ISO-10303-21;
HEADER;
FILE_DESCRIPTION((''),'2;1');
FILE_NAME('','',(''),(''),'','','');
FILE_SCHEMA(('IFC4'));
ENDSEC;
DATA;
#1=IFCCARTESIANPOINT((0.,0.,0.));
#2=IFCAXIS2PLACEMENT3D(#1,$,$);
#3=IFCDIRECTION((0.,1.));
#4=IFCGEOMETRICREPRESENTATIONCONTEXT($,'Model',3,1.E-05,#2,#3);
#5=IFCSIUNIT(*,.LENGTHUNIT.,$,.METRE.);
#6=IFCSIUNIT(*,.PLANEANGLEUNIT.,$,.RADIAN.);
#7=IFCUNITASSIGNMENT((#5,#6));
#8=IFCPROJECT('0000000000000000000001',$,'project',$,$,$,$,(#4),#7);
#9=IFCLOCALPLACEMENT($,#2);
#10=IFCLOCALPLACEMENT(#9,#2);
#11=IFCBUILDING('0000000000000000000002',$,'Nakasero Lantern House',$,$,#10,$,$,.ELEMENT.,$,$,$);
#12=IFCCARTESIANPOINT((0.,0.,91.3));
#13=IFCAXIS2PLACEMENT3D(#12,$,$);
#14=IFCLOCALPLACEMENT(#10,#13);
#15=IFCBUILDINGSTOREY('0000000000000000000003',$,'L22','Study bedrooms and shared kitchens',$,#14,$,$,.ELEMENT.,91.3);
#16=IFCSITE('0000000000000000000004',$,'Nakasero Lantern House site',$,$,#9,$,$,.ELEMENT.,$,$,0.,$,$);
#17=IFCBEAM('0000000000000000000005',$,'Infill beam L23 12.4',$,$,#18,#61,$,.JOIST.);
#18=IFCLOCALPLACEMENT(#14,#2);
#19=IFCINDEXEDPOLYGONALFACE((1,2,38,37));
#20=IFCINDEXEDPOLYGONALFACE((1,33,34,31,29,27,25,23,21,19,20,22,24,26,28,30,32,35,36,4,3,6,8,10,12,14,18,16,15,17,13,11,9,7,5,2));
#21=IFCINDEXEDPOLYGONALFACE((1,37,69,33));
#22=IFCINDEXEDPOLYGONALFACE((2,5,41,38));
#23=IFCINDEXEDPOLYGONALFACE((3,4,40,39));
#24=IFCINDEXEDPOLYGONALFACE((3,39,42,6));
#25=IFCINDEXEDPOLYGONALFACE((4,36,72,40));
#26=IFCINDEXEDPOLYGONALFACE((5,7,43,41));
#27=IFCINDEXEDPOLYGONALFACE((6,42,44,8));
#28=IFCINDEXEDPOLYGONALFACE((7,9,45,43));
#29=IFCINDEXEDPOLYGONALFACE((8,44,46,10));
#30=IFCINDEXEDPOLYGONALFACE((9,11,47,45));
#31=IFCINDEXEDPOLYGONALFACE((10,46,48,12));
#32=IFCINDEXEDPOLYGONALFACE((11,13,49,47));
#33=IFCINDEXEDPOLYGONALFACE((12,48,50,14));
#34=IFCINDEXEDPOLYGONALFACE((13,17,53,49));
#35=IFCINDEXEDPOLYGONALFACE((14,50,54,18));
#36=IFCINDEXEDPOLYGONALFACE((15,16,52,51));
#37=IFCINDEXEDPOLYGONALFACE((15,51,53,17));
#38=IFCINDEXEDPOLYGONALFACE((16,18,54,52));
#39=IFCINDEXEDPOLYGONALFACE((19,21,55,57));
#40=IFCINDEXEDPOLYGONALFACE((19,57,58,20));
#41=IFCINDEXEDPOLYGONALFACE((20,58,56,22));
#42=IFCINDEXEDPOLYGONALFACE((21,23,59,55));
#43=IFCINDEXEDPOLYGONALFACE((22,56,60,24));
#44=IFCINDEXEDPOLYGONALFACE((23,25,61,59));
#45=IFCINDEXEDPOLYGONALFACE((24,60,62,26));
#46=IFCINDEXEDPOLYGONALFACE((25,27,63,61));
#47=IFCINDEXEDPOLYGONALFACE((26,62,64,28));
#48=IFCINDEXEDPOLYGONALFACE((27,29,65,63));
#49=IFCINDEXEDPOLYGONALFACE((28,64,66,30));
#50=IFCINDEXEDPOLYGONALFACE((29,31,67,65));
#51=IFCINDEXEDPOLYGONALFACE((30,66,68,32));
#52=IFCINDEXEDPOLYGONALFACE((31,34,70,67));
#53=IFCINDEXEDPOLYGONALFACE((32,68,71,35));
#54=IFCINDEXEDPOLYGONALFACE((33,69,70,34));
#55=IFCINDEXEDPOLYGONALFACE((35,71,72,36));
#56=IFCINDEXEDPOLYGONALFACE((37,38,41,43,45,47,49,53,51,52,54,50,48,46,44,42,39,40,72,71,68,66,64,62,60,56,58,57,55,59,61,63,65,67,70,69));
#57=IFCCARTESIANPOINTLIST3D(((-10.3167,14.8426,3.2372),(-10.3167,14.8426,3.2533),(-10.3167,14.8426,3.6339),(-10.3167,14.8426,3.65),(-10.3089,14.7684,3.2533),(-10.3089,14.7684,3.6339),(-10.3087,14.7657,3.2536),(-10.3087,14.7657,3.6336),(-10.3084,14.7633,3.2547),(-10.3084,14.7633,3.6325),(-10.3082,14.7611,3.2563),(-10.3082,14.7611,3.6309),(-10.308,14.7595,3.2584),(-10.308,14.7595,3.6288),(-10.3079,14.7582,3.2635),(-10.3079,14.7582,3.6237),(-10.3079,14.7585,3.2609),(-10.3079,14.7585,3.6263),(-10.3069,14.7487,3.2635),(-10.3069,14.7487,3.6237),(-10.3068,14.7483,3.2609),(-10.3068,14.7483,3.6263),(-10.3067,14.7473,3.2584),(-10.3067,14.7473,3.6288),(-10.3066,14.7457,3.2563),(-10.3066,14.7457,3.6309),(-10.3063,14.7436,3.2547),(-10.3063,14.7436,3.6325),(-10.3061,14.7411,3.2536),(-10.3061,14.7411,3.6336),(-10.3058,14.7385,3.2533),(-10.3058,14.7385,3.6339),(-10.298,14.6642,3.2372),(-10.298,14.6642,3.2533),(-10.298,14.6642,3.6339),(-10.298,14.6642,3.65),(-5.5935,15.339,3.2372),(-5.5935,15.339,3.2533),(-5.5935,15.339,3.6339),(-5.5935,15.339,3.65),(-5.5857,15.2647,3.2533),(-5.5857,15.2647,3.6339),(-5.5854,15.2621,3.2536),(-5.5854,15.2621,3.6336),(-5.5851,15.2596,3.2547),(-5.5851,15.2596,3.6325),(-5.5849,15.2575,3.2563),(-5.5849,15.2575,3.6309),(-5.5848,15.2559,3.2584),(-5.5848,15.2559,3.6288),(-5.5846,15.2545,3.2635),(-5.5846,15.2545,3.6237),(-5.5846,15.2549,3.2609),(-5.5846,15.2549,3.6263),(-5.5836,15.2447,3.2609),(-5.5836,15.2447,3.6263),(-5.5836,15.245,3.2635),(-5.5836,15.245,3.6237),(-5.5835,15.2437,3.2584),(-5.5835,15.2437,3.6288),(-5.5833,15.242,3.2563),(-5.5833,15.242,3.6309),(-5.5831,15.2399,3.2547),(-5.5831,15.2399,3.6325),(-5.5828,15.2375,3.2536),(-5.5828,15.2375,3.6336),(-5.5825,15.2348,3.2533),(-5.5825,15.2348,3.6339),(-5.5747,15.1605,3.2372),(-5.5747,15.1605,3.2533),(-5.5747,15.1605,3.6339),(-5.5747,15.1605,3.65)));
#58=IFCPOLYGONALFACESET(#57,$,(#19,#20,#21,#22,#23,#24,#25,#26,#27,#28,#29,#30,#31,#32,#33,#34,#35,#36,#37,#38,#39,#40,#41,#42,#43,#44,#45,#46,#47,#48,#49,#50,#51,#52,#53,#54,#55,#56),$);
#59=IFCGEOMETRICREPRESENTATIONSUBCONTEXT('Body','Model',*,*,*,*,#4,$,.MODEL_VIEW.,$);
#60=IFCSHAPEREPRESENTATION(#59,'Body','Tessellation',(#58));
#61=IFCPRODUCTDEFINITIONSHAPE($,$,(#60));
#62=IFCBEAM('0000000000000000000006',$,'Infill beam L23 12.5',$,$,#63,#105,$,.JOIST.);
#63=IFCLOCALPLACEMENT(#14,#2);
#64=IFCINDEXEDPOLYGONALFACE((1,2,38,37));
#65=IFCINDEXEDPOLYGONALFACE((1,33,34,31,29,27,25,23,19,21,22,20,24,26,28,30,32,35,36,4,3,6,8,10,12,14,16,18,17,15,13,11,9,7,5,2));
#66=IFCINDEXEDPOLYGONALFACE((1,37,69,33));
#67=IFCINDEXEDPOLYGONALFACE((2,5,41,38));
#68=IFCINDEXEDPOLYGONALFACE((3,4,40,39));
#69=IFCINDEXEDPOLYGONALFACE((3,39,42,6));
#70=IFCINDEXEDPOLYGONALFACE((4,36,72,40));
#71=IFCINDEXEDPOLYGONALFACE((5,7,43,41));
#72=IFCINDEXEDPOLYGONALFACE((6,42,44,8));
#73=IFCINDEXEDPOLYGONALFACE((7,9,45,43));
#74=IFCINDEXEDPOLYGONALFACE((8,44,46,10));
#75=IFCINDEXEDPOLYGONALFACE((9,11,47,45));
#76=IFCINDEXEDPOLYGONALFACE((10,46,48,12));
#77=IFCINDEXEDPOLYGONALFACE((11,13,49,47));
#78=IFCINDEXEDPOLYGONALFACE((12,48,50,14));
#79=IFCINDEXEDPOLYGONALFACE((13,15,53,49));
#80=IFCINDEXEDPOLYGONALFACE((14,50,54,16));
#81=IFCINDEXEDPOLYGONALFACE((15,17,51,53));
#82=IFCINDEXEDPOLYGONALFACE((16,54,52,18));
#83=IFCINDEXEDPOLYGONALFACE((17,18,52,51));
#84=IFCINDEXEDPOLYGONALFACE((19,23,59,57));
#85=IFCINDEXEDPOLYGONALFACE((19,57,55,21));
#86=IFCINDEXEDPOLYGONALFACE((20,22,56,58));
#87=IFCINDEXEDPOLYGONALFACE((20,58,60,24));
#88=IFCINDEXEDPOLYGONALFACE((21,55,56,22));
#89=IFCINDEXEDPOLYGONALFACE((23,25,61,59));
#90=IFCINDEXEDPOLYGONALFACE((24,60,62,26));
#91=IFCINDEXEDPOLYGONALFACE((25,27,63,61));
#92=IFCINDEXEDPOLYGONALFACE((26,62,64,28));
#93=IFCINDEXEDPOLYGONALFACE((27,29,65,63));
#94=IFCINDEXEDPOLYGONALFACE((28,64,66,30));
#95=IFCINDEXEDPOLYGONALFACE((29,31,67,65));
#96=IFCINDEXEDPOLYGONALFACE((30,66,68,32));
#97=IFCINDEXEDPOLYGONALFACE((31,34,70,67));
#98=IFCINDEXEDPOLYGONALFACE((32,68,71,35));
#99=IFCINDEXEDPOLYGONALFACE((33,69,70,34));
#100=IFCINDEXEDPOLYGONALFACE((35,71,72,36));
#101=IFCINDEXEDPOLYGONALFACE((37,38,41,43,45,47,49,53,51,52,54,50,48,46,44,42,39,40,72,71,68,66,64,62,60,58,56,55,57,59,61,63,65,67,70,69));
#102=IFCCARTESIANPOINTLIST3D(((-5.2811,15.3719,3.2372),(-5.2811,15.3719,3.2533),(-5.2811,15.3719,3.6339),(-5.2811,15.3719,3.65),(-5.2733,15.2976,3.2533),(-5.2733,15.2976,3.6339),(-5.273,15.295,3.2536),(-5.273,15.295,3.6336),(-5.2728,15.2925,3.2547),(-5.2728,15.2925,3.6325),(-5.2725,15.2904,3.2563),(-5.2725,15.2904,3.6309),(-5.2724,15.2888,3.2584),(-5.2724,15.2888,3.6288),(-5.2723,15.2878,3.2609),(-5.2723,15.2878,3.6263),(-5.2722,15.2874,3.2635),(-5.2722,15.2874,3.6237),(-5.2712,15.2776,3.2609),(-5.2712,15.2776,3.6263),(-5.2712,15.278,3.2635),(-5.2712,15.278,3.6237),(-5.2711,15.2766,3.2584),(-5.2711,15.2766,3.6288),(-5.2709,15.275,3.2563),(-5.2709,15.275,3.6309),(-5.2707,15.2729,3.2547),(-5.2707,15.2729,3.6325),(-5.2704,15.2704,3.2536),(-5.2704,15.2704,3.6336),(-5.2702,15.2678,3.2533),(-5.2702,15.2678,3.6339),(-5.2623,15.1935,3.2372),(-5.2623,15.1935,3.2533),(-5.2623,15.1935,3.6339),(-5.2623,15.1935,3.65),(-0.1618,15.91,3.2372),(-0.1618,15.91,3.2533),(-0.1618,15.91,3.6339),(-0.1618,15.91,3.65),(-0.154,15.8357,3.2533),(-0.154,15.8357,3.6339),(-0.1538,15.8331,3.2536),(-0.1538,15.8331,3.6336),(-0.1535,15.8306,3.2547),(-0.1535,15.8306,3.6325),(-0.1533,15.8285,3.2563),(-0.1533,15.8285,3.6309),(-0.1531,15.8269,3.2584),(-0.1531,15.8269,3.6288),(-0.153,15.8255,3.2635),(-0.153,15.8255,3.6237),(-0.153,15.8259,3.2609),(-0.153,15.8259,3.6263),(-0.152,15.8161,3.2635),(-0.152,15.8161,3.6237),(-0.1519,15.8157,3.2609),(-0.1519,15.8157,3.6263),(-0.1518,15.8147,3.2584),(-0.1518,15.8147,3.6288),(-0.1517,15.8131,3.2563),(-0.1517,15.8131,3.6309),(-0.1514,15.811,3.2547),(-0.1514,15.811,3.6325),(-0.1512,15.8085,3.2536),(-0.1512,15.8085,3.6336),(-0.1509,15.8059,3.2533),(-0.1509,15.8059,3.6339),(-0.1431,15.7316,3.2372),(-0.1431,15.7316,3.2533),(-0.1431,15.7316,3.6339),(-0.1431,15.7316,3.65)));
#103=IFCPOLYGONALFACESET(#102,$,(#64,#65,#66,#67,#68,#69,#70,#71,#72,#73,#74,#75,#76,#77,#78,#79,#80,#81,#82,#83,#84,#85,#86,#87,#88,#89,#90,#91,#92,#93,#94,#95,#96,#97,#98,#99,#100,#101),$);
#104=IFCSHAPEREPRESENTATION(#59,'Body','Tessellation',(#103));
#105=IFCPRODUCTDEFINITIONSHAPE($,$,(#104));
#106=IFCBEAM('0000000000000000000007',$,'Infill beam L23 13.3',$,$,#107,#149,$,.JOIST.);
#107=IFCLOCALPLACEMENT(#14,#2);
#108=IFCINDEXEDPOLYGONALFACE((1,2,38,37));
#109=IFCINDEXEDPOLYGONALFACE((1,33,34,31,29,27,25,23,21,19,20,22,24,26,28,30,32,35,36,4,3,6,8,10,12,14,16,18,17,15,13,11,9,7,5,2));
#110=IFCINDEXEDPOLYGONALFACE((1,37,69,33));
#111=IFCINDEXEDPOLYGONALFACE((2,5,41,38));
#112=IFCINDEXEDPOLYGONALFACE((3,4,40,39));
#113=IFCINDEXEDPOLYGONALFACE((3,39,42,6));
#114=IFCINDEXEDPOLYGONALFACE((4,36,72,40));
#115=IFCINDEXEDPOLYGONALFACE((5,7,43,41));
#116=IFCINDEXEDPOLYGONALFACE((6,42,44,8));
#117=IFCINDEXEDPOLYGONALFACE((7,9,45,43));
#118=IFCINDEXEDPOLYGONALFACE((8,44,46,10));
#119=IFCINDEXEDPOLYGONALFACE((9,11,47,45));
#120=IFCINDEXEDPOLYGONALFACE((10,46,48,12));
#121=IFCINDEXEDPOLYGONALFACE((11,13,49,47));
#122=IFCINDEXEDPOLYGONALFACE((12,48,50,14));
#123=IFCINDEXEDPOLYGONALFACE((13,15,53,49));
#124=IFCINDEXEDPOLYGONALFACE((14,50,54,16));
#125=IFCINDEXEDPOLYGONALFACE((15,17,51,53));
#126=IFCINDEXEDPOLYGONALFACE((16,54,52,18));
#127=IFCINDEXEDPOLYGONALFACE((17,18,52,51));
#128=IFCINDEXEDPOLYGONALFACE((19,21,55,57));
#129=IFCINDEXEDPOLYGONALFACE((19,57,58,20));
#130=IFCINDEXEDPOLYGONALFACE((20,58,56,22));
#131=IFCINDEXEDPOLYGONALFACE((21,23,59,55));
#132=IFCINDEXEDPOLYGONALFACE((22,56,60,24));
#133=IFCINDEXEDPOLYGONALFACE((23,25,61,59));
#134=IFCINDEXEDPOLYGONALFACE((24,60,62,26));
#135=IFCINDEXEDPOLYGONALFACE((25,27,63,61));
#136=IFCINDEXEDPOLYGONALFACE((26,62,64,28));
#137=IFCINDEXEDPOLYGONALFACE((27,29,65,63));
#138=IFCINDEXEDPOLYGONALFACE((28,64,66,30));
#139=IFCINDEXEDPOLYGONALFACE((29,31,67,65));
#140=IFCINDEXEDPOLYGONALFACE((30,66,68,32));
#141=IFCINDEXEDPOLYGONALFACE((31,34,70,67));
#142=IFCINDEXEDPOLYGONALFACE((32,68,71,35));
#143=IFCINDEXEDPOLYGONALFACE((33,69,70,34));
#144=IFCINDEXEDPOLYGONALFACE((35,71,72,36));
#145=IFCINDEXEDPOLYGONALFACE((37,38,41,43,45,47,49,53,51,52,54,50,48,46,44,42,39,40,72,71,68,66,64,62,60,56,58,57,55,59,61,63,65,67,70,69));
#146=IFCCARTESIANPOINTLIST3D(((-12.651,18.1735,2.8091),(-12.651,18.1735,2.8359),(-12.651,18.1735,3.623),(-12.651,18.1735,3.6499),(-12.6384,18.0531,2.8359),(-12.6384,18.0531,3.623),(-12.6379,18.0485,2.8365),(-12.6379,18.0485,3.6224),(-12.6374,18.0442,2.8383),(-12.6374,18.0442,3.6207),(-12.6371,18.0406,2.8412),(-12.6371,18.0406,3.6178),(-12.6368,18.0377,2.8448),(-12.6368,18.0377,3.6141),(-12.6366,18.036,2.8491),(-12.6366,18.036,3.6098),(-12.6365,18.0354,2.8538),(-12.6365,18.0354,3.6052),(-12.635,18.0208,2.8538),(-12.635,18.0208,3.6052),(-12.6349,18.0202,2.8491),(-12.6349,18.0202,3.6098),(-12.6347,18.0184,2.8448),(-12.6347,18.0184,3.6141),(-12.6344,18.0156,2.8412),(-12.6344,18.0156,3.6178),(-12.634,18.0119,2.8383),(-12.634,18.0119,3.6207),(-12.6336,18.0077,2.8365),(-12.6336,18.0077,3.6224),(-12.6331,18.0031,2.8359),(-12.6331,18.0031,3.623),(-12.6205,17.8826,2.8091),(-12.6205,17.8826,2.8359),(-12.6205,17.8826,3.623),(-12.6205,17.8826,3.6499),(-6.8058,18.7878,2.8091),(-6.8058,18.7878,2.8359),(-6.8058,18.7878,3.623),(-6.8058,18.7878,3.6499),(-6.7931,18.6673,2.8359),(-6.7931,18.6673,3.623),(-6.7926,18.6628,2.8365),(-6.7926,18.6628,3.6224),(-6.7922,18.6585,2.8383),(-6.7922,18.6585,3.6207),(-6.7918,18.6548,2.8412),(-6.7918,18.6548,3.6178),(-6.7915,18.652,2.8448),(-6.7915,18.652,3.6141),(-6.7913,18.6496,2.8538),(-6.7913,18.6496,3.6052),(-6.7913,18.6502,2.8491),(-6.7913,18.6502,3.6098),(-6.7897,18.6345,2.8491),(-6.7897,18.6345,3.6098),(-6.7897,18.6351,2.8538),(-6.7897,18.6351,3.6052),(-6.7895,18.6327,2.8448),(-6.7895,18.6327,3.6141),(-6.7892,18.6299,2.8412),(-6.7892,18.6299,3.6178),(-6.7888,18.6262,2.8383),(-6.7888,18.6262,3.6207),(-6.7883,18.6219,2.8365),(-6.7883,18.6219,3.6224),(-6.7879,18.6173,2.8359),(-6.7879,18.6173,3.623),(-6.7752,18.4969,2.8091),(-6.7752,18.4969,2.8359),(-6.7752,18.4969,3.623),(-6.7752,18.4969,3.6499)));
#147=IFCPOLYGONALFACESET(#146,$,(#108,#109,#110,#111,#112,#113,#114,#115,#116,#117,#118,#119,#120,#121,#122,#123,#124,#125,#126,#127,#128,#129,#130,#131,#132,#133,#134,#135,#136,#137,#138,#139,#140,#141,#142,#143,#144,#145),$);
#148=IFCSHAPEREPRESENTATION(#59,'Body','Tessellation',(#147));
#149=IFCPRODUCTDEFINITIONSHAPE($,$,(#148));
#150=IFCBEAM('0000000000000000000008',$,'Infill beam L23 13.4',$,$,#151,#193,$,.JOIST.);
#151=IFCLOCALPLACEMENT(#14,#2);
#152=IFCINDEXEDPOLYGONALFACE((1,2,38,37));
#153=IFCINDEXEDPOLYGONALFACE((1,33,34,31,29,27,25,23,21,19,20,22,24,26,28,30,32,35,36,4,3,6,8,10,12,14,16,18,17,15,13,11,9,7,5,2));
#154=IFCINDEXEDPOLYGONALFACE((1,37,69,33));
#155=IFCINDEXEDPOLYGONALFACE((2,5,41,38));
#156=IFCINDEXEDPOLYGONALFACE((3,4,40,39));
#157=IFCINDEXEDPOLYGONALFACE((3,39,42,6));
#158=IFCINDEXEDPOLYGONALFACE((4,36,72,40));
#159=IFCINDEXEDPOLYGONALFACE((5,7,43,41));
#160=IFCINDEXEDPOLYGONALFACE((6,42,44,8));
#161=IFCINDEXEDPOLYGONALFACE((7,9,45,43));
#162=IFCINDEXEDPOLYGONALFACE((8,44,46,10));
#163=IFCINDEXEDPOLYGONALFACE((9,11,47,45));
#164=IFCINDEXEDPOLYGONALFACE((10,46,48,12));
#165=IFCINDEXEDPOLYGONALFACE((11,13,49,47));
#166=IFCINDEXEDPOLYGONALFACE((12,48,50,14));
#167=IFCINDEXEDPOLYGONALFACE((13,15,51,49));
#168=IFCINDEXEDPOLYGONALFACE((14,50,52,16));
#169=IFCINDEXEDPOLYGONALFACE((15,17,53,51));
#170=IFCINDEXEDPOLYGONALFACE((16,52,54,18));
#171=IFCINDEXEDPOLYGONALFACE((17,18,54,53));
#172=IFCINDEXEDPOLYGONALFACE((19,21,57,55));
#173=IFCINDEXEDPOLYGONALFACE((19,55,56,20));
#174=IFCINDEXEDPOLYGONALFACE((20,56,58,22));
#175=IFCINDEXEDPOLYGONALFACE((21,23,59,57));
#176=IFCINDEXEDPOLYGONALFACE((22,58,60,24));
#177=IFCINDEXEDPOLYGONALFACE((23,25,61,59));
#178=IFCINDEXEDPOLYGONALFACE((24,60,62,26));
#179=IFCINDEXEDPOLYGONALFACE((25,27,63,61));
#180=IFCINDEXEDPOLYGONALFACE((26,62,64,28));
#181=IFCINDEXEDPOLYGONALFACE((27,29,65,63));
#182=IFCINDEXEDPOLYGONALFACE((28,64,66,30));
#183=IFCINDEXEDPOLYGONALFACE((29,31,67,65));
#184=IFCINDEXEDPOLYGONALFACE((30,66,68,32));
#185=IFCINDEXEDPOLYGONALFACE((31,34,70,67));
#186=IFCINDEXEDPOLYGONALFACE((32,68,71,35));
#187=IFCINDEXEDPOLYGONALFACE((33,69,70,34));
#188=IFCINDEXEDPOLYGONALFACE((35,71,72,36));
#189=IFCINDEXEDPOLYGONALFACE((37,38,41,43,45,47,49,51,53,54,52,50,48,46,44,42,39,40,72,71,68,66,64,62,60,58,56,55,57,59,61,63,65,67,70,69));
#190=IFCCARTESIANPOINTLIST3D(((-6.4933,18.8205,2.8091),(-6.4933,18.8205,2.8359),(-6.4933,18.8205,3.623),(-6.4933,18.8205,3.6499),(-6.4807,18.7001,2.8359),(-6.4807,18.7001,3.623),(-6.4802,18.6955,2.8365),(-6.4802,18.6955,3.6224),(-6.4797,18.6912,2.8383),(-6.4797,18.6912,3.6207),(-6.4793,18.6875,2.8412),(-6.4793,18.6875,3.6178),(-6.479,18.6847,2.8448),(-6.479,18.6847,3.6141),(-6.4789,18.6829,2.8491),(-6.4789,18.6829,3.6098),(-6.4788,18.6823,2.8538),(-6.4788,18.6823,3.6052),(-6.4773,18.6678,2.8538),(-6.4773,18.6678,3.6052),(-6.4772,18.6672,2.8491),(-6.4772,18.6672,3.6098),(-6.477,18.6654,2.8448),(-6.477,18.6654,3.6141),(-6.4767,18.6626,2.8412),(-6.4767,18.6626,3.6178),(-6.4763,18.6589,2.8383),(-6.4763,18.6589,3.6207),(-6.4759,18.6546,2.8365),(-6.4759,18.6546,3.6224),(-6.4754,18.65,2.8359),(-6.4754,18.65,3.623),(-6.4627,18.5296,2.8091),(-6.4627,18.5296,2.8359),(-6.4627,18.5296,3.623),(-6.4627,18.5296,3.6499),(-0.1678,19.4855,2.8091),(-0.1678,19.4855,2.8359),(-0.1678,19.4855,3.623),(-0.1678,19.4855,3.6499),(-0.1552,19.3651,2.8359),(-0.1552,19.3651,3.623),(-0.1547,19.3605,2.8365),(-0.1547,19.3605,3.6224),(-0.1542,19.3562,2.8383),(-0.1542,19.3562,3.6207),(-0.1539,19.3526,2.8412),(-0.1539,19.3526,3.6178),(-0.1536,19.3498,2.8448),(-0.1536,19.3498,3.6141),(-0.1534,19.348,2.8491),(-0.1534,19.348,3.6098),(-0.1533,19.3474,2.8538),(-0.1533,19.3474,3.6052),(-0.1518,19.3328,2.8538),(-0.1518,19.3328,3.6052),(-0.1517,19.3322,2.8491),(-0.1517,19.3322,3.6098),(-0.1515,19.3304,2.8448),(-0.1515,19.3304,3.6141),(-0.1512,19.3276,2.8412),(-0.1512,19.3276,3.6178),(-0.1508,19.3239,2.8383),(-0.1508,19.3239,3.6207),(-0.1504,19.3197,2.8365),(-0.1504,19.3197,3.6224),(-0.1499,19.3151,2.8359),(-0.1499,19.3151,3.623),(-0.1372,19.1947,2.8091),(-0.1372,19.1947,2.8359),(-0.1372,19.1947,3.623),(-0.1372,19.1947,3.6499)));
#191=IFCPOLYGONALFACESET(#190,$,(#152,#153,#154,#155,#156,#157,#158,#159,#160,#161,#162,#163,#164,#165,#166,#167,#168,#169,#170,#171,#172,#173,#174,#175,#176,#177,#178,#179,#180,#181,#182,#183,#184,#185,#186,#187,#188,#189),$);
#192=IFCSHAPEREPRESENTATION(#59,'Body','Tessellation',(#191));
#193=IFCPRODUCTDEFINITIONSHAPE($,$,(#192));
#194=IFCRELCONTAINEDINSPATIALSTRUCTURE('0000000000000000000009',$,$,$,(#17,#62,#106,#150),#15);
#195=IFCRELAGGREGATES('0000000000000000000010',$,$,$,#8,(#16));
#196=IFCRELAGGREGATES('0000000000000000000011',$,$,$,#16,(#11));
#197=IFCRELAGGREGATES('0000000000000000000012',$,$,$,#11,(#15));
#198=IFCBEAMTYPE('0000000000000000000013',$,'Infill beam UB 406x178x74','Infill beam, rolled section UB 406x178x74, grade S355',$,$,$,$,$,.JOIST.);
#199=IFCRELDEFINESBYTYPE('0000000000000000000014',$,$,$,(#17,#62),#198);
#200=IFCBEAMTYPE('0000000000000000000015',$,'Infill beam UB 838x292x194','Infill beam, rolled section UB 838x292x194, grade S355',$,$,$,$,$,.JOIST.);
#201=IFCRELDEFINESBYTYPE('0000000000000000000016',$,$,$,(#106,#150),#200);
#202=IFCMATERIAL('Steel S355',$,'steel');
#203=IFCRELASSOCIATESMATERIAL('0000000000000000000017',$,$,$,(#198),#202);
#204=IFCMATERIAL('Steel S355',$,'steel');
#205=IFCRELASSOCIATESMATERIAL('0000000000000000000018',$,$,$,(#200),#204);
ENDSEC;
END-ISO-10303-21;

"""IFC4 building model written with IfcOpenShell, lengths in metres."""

from ifc_helpers import new_model, si_unit, direction, frame, origin, origin_2d, place, context, subcontext, project, spatial, i_section, extrude, material, material_profile, profile_set, type_object, element, save


model = new_model("IFC4")

# Units and contexts
model_context = context("Model", 3, precision=1e-05, world=origin(), true_north=direction((0.0, 1.0)))
body_context = subcontext(model_context, "Body", "Model", "MODEL_VIEW")
ifc_project = project(units=[si_unit("LENGTHUNIT", "METRE"), si_unit("PLANEANGLEUNIT", "RADIAN")], contexts=[model_context])

# Site, building, storey
site_placement = place(None, origin())
site = spatial("IfcSite", under=ifc_project, at=site_placement, Name="Nakasero Lantern House site", CompositionType="ELEMENT", RefElevation=0.0)
building_placement = place(site_placement, origin())
building = spatial("IfcBuilding", under=site, at=building_placement, Name="Nakasero Lantern House", CompositionType="ELEMENT")
storey_placement = place(building_placement, frame((0.0, 0.0, 91.3)))
storey = spatial("IfcBuildingStorey", under=building, at=storey_placement, Name="L22", Description="Study bedrooms and shared kitchens", CompositionType="ELEMENT", Elevation=91.3)

# Beams
ifc_material_1 = material(Name="Steel S355", Category="steel")
ifc_material_profile_1 = material_profile(ifc_material_1, i_section(OverallWidth=0.1794, OverallDepth=0.4128, WebThickness=0.0095, FlangeThickness=0.0161, FilletRadius=0.0103, at=origin_2d()), Name="UB 406x178x74")
ifc_profile_set_1 = profile_set([ifc_material_profile_1], Name="Steel S355")
beam_type_1 = type_object("IfcBeamType", Name="Infill beam UB 406x178x74", Description="Infill beam, rolled section UB 406x178x74, grade S355", PredefinedType="JOIST", material=ifc_profile_set_1)
beam_1_placement = place(storey_placement, frame((-10.3074, 14.7534, 3.4436), z_axis=(0.994524, 0.104511, 0.0), x_axis=(-0.104511, 0.994524, 0.0)))
element("IfcBeam", 1, at=beam_1_placement, inside=storey, type_object=beam_type_1, Name="Infill beam L23 12.4", PredefinedType="JOIST", context=body_context, shape_type="SweptSolid", body=[
    extrude(i_section(OverallWidth=0.1794, OverallDepth=0.4128, WebThickness=0.0095, FlangeThickness=0.0161, FilletRadius=0.0103, at=origin_2d()), origin(), (0.0, 0.0, 1.0), 4.7493),
])
beam_2_placement = place(storey_placement, frame((-5.2717, 15.2827, 3.4436), z_axis=(0.994521, 0.104537, 0.0), x_axis=(-0.104537, 0.994521, 0.0)))
element("IfcBeam", 2, at=beam_2_placement, inside=storey, type_object=beam_type_1, Name="Infill beam L23 12.5", PredefinedType="JOIST", context=body_context, shape_type="SweptSolid", body=[
    extrude(i_section(OverallWidth=0.1794, OverallDepth=0.4128, WebThickness=0.0095, FlangeThickness=0.0161, FilletRadius=0.0103, at=origin_2d()), origin(), (0.0, 0.0, 1.0), 5.1475),
])
ifc_material_2 = material(Name="Steel S355", Category="steel")
ifc_material_profile_2 = material_profile(ifc_material_2, i_section(OverallWidth=0.2925, OverallDepth=0.8408, WebThickness=0.0146, FlangeThickness=0.0269, FilletRadius=0.0178, at=origin_2d()), Name="UB 838x292x194")
ifc_profile_set_2 = profile_set([ifc_material_profile_2], Name="Steel S355")
beam_type_2 = type_object("IfcBeamType", Name="Infill beam UB 838x292x194", Description="Infill beam, rolled section UB 838x292x194, grade S355", PredefinedType="JOIST", material=ifc_profile_set_2)
beam_3_placement = place(storey_placement, frame((-12.6357, 18.0281, 3.2295), z_axis=(0.994524, 0.104512, 0.0), x_axis=(-0.104512, 0.994524, 0.0)))
element("IfcBeam", 3, at=beam_3_placement, inside=storey, type_object=beam_type_2, Name="Infill beam L23 13.3", PredefinedType="JOIST", context=body_context, shape_type="SweptSolid", body=[
    extrude(i_section(OverallWidth=0.2925, OverallDepth=0.8408, WebThickness=0.0146, FlangeThickness=0.0269, FilletRadius=0.0178, at=origin_2d()), origin(), (0.0, 0.0, 1.0), 5.8774),
])
beam_4_placement = place(storey_placement, frame((-6.478, 18.675, 3.2295), z_axis=(0.994518, 0.104561, 0.0), x_axis=(-0.104561, 0.994518, 0.0)))
element("IfcBeam", 4, at=beam_4_placement, inside=storey, type_object=beam_type_2, Name="Infill beam L23 13.4", PredefinedType="JOIST", context=body_context, shape_type="SweptSolid", body=[
    extrude(i_section(OverallWidth=0.2925, OverallDepth=0.8408, WebThickness=0.0146, FlangeThickness=0.0269, FilletRadius=0.0178, at=origin_2d()), origin(), (0.0, 0.0, 1.0), 6.3604),
])

save(model, "model.ifc")
